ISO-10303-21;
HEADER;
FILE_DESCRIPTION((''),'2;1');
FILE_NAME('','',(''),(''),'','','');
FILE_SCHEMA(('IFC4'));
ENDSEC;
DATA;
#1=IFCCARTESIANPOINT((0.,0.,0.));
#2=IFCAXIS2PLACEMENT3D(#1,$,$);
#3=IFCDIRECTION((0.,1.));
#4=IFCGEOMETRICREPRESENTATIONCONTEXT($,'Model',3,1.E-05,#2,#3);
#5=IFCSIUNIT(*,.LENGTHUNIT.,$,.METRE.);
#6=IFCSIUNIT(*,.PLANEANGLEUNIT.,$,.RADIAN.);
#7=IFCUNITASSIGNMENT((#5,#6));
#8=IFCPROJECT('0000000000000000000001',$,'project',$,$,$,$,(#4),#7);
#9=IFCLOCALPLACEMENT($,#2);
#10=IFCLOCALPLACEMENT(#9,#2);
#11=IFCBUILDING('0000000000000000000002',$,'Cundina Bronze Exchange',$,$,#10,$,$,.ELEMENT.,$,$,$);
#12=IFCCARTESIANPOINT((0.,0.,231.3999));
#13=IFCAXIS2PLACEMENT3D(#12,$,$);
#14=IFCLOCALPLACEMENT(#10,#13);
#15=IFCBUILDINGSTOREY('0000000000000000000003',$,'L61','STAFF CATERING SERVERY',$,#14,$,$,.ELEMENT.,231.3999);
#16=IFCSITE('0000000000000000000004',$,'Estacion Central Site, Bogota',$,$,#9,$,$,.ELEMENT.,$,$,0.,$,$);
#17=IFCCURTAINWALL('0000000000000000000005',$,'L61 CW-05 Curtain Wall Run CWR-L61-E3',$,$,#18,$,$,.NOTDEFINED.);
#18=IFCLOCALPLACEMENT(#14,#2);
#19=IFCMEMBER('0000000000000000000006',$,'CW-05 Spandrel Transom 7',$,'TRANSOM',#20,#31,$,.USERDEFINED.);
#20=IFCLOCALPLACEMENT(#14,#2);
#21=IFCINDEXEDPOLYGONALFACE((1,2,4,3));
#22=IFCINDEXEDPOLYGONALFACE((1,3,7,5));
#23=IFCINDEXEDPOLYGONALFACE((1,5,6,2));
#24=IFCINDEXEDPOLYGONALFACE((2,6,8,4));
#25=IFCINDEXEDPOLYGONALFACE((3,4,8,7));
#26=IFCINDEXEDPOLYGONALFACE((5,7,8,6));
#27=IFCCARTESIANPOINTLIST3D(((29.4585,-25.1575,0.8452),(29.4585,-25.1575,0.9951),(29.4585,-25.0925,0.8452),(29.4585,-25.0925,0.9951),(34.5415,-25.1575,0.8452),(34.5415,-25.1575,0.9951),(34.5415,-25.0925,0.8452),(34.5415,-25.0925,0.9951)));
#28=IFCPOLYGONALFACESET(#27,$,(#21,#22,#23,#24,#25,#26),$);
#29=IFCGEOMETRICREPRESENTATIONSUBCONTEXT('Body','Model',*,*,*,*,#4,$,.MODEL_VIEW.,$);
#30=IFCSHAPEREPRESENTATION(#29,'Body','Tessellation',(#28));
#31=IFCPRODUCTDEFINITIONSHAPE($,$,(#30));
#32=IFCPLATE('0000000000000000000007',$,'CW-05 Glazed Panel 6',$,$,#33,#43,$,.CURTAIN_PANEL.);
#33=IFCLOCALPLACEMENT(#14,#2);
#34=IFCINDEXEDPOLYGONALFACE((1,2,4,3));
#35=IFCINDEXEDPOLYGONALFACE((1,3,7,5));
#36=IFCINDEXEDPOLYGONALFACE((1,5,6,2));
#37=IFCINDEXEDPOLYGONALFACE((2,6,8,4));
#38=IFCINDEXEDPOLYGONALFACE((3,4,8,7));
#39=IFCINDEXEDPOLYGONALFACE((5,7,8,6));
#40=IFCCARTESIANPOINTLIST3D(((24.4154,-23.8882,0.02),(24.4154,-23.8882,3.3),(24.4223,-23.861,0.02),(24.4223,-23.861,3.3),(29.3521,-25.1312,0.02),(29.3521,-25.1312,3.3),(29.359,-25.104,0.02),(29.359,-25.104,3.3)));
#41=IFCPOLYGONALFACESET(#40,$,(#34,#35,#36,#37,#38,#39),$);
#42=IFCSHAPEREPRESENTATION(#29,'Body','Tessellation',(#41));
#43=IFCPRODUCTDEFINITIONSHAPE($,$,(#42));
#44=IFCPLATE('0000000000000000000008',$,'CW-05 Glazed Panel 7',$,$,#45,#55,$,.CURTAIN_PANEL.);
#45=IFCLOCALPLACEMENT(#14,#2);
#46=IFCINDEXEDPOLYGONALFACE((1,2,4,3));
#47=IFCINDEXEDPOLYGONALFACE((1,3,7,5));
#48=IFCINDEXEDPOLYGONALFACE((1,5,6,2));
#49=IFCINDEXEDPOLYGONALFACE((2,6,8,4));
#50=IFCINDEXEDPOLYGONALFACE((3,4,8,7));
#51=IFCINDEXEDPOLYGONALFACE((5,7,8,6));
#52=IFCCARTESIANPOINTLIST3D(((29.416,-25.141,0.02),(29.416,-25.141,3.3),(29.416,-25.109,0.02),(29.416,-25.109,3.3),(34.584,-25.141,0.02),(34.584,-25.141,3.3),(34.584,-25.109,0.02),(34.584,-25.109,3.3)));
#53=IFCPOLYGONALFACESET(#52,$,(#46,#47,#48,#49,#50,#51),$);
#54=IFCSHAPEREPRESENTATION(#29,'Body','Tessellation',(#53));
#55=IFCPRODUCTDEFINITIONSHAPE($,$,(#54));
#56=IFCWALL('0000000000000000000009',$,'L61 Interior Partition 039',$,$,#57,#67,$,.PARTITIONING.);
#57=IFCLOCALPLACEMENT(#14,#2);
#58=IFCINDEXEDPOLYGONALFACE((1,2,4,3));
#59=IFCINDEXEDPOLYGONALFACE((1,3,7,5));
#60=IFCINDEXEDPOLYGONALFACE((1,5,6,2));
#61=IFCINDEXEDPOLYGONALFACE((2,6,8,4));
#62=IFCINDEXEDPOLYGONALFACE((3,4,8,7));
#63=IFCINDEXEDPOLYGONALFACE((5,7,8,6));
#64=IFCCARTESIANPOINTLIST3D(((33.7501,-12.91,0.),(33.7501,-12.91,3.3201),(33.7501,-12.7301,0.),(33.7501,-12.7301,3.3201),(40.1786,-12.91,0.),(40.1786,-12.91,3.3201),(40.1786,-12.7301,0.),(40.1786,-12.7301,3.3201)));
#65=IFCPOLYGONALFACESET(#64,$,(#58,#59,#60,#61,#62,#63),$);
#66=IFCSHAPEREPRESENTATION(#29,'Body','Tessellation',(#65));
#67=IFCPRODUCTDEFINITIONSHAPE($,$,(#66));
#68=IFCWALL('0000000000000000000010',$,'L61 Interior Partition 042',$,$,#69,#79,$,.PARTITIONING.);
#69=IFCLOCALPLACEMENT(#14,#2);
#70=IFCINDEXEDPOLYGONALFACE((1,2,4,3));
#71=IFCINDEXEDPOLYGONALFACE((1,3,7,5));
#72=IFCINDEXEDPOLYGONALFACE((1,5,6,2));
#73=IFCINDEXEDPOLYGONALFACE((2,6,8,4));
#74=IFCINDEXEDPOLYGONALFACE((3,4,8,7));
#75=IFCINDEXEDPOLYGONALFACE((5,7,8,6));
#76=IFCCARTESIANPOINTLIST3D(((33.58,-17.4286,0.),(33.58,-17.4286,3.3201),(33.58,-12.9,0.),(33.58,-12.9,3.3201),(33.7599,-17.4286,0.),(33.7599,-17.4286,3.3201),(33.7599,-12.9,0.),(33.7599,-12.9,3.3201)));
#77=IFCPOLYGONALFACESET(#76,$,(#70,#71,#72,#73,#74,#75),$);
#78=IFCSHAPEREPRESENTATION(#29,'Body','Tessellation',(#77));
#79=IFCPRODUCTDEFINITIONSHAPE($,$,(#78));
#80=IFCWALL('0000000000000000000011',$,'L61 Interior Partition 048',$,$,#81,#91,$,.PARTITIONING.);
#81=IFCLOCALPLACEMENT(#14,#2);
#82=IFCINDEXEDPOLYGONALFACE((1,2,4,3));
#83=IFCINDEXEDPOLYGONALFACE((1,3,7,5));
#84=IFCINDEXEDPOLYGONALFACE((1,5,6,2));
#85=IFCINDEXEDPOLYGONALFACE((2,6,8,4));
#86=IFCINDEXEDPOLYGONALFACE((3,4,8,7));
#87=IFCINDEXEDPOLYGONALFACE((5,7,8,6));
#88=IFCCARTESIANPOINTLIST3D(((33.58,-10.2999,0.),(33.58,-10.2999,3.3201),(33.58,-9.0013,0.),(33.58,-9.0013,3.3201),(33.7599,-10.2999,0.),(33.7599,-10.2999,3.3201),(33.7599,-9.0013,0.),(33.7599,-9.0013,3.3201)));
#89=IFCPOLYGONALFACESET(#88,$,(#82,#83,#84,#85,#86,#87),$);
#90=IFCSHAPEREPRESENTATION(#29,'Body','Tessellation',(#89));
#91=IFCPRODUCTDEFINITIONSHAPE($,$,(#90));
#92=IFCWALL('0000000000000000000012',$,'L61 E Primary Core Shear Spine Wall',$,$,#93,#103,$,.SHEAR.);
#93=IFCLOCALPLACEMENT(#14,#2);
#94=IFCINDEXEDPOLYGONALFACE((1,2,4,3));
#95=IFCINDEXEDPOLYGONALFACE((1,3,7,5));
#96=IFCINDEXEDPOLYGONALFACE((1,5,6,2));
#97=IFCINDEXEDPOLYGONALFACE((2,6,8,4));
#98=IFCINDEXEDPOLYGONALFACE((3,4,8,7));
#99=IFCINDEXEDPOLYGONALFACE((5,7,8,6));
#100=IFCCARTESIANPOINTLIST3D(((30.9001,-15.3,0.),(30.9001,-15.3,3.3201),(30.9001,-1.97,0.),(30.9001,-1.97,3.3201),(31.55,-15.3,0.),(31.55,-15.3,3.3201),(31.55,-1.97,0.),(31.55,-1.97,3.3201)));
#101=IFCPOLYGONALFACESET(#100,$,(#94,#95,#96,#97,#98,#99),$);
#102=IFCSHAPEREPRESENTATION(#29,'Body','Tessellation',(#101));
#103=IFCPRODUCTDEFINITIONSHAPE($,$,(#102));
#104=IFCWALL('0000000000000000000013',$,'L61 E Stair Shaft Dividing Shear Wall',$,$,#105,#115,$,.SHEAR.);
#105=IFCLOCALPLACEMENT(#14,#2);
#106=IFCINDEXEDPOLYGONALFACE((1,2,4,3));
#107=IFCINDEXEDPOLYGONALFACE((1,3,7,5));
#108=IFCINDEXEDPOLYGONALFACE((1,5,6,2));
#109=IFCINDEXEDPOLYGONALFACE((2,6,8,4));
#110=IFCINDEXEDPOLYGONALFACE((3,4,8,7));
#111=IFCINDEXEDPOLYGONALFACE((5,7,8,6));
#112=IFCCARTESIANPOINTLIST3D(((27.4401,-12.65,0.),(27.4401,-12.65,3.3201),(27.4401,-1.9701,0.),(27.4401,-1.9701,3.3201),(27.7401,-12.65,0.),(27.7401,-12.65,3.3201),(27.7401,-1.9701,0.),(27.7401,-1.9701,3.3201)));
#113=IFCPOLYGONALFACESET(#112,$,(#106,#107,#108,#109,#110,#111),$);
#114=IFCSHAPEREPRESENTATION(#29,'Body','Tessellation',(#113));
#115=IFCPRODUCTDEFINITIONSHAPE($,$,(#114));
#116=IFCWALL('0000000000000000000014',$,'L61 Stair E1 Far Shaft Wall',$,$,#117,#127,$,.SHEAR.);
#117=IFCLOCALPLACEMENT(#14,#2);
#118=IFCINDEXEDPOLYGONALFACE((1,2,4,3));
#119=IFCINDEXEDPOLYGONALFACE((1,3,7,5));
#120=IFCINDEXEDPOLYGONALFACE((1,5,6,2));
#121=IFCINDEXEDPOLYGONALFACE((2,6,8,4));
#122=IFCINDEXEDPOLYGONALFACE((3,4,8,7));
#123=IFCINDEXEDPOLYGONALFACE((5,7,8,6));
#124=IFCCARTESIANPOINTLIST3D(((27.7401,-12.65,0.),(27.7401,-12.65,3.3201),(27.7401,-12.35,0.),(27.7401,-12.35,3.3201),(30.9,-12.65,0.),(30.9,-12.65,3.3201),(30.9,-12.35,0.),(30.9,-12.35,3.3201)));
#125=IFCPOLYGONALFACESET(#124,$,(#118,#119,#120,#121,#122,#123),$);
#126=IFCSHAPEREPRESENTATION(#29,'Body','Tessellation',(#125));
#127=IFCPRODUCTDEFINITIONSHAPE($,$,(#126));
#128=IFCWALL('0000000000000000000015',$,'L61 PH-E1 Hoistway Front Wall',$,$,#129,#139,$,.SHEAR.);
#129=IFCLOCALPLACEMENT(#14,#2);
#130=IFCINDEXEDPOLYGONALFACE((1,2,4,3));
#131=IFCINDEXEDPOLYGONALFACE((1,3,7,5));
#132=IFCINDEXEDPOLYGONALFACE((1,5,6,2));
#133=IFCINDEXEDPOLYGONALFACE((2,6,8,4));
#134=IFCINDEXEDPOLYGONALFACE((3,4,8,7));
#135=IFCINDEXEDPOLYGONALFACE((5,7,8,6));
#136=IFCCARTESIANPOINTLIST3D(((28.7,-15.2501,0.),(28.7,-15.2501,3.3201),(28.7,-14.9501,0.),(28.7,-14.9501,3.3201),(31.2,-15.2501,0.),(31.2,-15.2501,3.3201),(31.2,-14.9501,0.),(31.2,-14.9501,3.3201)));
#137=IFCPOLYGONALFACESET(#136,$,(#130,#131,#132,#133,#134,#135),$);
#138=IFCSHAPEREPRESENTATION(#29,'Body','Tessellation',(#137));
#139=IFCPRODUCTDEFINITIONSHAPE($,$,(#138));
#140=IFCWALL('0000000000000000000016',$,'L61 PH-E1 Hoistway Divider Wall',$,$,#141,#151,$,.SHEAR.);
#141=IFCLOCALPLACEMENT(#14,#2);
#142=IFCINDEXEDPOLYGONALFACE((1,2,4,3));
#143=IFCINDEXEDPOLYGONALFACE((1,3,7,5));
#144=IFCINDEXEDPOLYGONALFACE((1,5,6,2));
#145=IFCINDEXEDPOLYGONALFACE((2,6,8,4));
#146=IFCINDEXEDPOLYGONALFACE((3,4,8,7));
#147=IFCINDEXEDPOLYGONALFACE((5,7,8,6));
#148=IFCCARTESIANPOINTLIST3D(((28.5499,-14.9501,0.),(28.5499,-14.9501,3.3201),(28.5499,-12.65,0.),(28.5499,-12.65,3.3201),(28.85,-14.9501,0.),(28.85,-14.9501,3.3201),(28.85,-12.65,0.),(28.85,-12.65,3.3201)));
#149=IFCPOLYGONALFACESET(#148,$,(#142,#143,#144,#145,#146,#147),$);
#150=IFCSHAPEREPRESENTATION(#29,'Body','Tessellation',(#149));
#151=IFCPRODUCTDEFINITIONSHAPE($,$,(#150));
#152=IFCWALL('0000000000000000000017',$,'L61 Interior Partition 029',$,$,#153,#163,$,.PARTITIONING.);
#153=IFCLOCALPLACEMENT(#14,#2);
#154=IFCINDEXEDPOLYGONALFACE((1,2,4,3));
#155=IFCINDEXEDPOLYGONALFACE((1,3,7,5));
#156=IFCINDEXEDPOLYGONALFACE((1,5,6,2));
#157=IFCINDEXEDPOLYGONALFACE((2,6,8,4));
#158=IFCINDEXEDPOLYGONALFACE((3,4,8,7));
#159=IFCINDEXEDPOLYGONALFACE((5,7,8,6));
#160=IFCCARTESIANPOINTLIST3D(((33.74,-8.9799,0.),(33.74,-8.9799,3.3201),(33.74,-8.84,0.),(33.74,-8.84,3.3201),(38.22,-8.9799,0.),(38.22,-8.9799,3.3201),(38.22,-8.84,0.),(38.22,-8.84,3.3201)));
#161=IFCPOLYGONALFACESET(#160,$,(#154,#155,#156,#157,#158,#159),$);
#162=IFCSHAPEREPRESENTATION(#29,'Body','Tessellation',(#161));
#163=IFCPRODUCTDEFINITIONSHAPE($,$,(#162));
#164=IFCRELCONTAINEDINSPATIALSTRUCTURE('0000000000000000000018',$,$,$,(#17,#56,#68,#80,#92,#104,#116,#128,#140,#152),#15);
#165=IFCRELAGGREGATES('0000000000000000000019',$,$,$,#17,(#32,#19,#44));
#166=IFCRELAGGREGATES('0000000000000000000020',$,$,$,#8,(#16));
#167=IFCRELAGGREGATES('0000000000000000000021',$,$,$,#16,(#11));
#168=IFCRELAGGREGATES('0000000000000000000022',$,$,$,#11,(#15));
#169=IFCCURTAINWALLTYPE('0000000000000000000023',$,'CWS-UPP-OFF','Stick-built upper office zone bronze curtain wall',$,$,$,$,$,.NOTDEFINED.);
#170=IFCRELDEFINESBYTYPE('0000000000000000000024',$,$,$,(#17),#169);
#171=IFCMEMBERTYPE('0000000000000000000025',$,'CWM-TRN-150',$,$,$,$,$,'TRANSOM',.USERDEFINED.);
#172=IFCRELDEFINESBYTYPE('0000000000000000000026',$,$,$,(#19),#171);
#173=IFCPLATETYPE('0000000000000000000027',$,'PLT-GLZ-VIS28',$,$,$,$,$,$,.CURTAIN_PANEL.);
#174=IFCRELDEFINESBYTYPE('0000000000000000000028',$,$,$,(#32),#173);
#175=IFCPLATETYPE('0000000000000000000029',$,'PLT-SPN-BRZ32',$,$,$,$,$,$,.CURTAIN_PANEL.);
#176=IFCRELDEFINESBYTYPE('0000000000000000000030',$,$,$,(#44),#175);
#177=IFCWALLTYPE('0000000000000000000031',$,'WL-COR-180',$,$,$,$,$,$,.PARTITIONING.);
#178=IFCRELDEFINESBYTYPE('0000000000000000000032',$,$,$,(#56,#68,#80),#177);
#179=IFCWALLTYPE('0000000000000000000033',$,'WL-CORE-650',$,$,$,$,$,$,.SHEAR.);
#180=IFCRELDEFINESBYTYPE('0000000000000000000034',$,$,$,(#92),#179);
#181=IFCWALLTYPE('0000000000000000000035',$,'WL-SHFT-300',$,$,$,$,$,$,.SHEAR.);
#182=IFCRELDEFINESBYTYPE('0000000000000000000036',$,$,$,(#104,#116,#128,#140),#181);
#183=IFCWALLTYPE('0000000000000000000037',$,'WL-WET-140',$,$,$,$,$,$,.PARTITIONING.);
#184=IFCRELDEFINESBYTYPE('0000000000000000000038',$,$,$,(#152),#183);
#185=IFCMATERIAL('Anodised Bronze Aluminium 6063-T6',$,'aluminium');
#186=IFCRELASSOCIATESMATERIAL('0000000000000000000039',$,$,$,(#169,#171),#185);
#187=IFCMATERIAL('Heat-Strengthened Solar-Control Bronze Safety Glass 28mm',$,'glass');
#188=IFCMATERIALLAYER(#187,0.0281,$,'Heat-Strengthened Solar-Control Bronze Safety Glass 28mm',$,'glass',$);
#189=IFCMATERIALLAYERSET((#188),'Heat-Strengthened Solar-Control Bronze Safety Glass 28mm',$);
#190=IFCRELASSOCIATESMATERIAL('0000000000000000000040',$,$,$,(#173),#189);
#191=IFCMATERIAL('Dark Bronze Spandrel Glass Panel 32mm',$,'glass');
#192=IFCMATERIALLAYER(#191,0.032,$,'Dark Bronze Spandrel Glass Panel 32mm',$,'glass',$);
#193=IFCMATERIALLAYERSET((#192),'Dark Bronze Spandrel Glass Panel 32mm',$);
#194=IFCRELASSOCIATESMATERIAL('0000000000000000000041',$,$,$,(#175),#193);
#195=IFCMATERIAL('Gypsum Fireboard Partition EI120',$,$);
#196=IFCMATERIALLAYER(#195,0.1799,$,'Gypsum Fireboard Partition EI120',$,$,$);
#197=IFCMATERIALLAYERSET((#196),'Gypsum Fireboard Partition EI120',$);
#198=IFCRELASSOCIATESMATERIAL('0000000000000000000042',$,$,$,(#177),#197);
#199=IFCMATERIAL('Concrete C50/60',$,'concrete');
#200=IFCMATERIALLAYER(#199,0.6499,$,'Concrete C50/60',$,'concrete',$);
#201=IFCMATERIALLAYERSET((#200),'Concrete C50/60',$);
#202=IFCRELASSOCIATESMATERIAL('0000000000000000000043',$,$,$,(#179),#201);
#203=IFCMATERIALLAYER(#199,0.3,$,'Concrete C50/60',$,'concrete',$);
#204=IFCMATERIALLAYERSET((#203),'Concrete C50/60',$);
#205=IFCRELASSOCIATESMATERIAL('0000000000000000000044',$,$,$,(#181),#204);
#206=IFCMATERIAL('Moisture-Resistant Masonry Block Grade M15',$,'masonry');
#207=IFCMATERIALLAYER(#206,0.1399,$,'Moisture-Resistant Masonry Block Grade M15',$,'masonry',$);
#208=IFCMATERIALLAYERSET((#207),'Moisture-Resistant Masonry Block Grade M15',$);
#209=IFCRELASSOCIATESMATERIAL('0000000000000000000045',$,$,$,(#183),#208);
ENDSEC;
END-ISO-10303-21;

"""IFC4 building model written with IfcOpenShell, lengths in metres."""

from ifc_helpers import new_model, si_unit, direction, frame, frame_2d, origin, origin_2d, place, context, subcontext, project, spatial, rectangle, extrude, material, layer, layer_set, material_profile, profile_set, type_object, element, aggregate, save


model = new_model("IFC4")

# Units and contexts
model_context = context("Model", 3, precision=1e-05, world=origin(), true_north=direction((0.0, 1.0)))
body_context = subcontext(model_context, "Body", "Model", "MODEL_VIEW")
ifc_project = project(units=[si_unit("LENGTHUNIT", "METRE"), si_unit("PLANEANGLEUNIT", "RADIAN")], contexts=[model_context])

# Site, building, storey
site_placement = place(None, origin())
site = spatial("IfcSite", under=ifc_project, at=site_placement, Name="Estacion Central Site, Bogota", CompositionType="ELEMENT", RefElevation=0.0)
building_placement = place(site_placement, origin())
building = spatial("IfcBuilding", under=site, at=building_placement, Name="Cundina Bronze Exchange", CompositionType="ELEMENT")
storey_placement = place(building_placement, frame((0.0, 0.0, 231.3999)))
storey = spatial("IfcBuildingStorey", under=building, at=storey_placement, Name="L61", Description="STAFF CATERING SERVERY", CompositionType="ELEMENT", Elevation=231.3999)

# Shared definitions
ifc_material_1 = material(Name="Concrete C50/60", Category="concrete")

# Curtain wall
ifc_material_2 = material(Name="Anodised Bronze Aluminium 6063-T6", Category="aluminium")
curtain_wall_type = type_object("IfcCurtainWallType", Name="CWS-UPP-OFF", Description="Stick-built upper office zone bronze curtain wall", PredefinedType="NOTDEFINED", material=ifc_material_2)
curtain_wall_1_placement = place(storey_placement, origin())
curtain_wall_1 = element("IfcCurtainWall", 1, at=curtain_wall_1_placement, inside=storey, type_object=curtain_wall_type, Name="L61 CW-05 Curtain Wall Run CWR-L61-E3", PredefinedType="NOTDEFINED")

# Member
ifc_material_profile_1 = material_profile(ifc_material_2, rectangle(XDim=0.0649, YDim=0.1499, at=origin_2d()), Name="AL65X150", Category="aluminium")
ifc_profile_set_1 = profile_set([ifc_material_profile_1], Name="Anodised Bronze Aluminium 6063-T6")
member_type_1 = type_object("IfcMemberType", Name="CWM-TRN-150", ElementType="TRANSOM", PredefinedType="USERDEFINED", material=ifc_profile_set_1)
member_1_placement = place(storey_placement, frame((29.4585, -25.125, 0.9202), z_axis=(1.0, 0.0, 0.0), x_axis=(0.0, 1.0, 0.0)))
member_1 = element("IfcMember", 2, at=member_1_placement, type_object=member_type_1, Name="CW-05 Spandrel Transom 7", ObjectType="TRANSOM", PredefinedType="USERDEFINED", context=body_context, shape_type="SweptSolid", body=[
    extrude(rectangle(XDim=0.0649, YDim=0.1499, at=origin_2d()), origin(), (0.0, 0.0, 1.0), 5.083),
])

# Plates
ifc_material_3 = material(Name="Heat-Strengthened Solar-Control Bronze Safety Glass 28mm", Category="glass")
ifc_layer_1 = layer(ifc_material_3, 0.0281, Name="Heat-Strengthened Solar-Control Bronze Safety Glass 28mm", Category="glass")
ifc_layer_set_1 = layer_set([ifc_layer_1], Name="Heat-Strengthened Solar-Control Bronze Safety Glass 28mm")
plate_type_1 = type_object("IfcPlateType", Name="PLT-GLZ-VIS28", PredefinedType="CURTAIN_PANEL", material=ifc_layer_set_1)
plate_1_placement = place(storey_placement, frame((26.8872, -24.4961, 0.02), z_axis=(0.0, 0.0, 1.0), x_axis=(0.969732, -0.244174, 0.0)))
plate_1 = element("IfcPlate", 3, at=plate_1_placement, type_object=plate_type_1, Name="CW-05 Glazed Panel 6", PredefinedType="CURTAIN_PANEL", context=body_context, shape_type="SweptSolid", body=[
    extrude(rectangle(XDim=5.0908, YDim=0.0281, at=origin_2d()), origin(), (0.0, 0.0, 1.0), 3.28),
])
ifc_material_4 = material(Name="Dark Bronze Spandrel Glass Panel 32mm", Category="glass")
ifc_layer_2 = layer(ifc_material_4, 0.032, Name="Dark Bronze Spandrel Glass Panel 32mm", Category="glass")
ifc_layer_set_2 = layer_set([ifc_layer_2], Name="Dark Bronze Spandrel Glass Panel 32mm")
plate_type_2 = type_object("IfcPlateType", Name="PLT-SPN-BRZ32", PredefinedType="CURTAIN_PANEL", material=ifc_layer_set_2)
plate_2_placement = place(storey_placement, frame((32.0, -25.125, 0.02), z_axis=(0.0, 0.0, 1.0), x_axis=(1.0, 0.0, 0.0)))
plate_2 = element("IfcPlate", 4, at=plate_2_placement, type_object=plate_type_2, Name="CW-05 Glazed Panel 7", PredefinedType="CURTAIN_PANEL", context=body_context, shape_type="SweptSolid", body=[
    extrude(rectangle(XDim=5.168, YDim=0.032, at=origin_2d()), origin(), (0.0, 0.0, 1.0), 3.28),
])
aggregate(curtain_wall_1, [plate_1, member_1, plate_2])

# Shared definitions
ifc_material_5 = material(Name="Gypsum Fireboard Partition EI120")
ifc_layer_3 = layer(ifc_material_5, 0.1799, Name="Gypsum Fireboard Partition EI120")
ifc_layer_set_3 = layer_set([ifc_layer_3], Name="Gypsum Fireboard Partition EI120")
wall_type_1 = type_object("IfcWallType", Name="WL-COR-180", PredefinedType="PARTITIONING", material=ifc_layer_set_3)

# Walls
wall_1_placement = place(storey_placement, frame((33.75, -12.8201, 0.0), z_axis=(0.0, 0.0, 1.0), x_axis=(1.0, 0.0, 0.0)))
element("IfcWall", 5, at=wall_1_placement, inside=storey, type_object=wall_type_1, Name="L61 Interior Partition 039", PredefinedType="PARTITIONING", context=body_context, shape_type="SweptSolid", body=[
    extrude(rectangle(XDim=6.4285, YDim=0.1799, at=frame_2d((3.2144, 0.0))), origin(), (0.0, 0.0, 1.0), 3.3201),
])
wall_2_placement = place(storey_placement, frame((33.6699, -17.4285, 0.0), z_axis=(0.0, 0.0, 1.0), x_axis=(0.0, 1.0, 0.0)))
element("IfcWall", 6, at=wall_2_placement, inside=storey, type_object=wall_type_1, Name="L61 Interior Partition 042", PredefinedType="PARTITIONING", context=body_context, shape_type="SweptSolid", body=[
    extrude(rectangle(XDim=4.5286, YDim=0.1799, at=frame_2d((2.2642, 0.0))), origin(), (0.0, 0.0, 1.0), 3.3201),
])
wall_3_placement = place(storey_placement, frame((33.6699, -10.3, 0.0), z_axis=(0.0, 0.0, 1.0), x_axis=(0.0, 1.0, 0.0)))
element("IfcWall", 7, at=wall_3_placement, inside=storey, type_object=wall_type_1, Name="L61 Interior Partition 048", PredefinedType="PARTITIONING", context=body_context, shape_type="SweptSolid", body=[
    extrude(rectangle(XDim=1.2986, YDim=0.1799, at=frame_2d((0.6494, 0.0))), origin(), (0.0, 0.0, 1.0), 3.3201),
])
ifc_layer_4 = layer(ifc_material_1, 0.6499, Name="Concrete C50/60", Category="concrete")
ifc_layer_set_4 = layer_set([ifc_layer_4], Name="Concrete C50/60")
wall_type_2 = type_object("IfcWallType", Name="WL-CORE-650", PredefinedType="SHEAR", material=ifc_layer_set_4)
wall_4_placement = place(storey_placement, frame((31.2251, -15.3, 0.0), z_axis=(0.0, 0.0, 1.0), x_axis=(0.0, 1.0, 0.0)))
element("IfcWall", 8, at=wall_4_placement, inside=storey, type_object=wall_type_2, Name="L61 E Primary Core Shear Spine Wall", PredefinedType="SHEAR", context=body_context, shape_type="SweptSolid", body=[
    extrude(rectangle(XDim=13.3301, YDim=0.6499, at=frame_2d((6.665, 0.0))), origin(), (0.0, 0.0, 1.0), 3.3201),
])
ifc_layer_5 = layer(ifc_material_1, 0.3, Name="Concrete C50/60", Category="concrete")
ifc_layer_set_5 = layer_set([ifc_layer_5], Name="Concrete C50/60")
wall_type_3 = type_object("IfcWallType", Name="WL-SHFT-300", PredefinedType="SHEAR", material=ifc_layer_set_5)
wall_5_placement = place(storey_placement, frame((27.5901, -12.6499, 0.0), z_axis=(0.0, 0.0, 1.0), x_axis=(0.0, 1.0, 0.0)))
element("IfcWall", 9, at=wall_5_placement, inside=storey, type_object=wall_type_3, Name="L61 E Stair Shaft Dividing Shear Wall", PredefinedType="SHEAR", context=body_context, shape_type="SweptSolid", body=[
    extrude(rectangle(XDim=10.6799, YDim=0.3, at=frame_2d((5.3398, 0.0))), origin(), (0.0, 0.0, 1.0), 3.3201),
])
wall_6_placement = place(storey_placement, frame((27.74, -12.5, 0.0), z_axis=(0.0, 0.0, 1.0), x_axis=(1.0, 0.0, 0.0)))
element("IfcWall", 10, at=wall_6_placement, inside=storey, type_object=wall_type_3, Name="L61 Stair E1 Far Shaft Wall", PredefinedType="SHEAR", context=body_context, shape_type="SweptSolid", body=[
    extrude(rectangle(XDim=3.1599, YDim=0.3, at=frame_2d((1.5801, 0.0))), origin(), (0.0, 0.0, 1.0), 3.3201),
])
wall_7_placement = place(storey_placement, frame((28.7, -15.1001, 0.0), z_axis=(0.0, 0.0, 1.0), x_axis=(1.0, 0.0, 0.0)))
element("IfcWall", 11, at=wall_7_placement, inside=storey, type_object=wall_type_3, Name="L61 PH-E1 Hoistway Front Wall", PredefinedType="SHEAR", context=body_context, shape_type="SweptSolid", body=[
    extrude(rectangle(XDim=2.5, YDim=0.3, at=frame_2d((1.25, 0.0))), origin(), (0.0, 0.0, 1.0), 3.3201),
])
wall_8_placement = place(storey_placement, frame((28.7, -14.95, 0.0), z_axis=(0.0, 0.0, 1.0), x_axis=(0.0, 1.0, 0.0)))
element("IfcWall", 12, at=wall_8_placement, inside=storey, type_object=wall_type_3, Name="L61 PH-E1 Hoistway Divider Wall", PredefinedType="SHEAR", context=body_context, shape_type="SweptSolid", body=[
    extrude(rectangle(XDim=2.3, YDim=0.3, at=frame_2d((1.1499, 0.0))), origin(), (0.0, 0.0, 1.0), 3.3201),
])
ifc_material_6 = material(Name="Moisture-Resistant Masonry Block Grade M15", Category="masonry")
ifc_layer_6 = layer(ifc_material_6, 0.1399, Name="Moisture-Resistant Masonry Block Grade M15", Category="masonry")
ifc_layer_set_6 = layer_set([ifc_layer_6], Name="Moisture-Resistant Masonry Block Grade M15")
wall_type_4 = type_object("IfcWallType", Name="WL-WET-140", PredefinedType="PARTITIONING", material=ifc_layer_set_6)
wall_9_placement = place(storey_placement, frame((33.74, -8.9099, 0.0), z_axis=(0.0, 0.0, 1.0), x_axis=(1.0, 0.0, 0.0)))
element("IfcWall", 13, at=wall_9_placement, inside=storey, type_object=wall_type_4, Name="L61 Interior Partition 029", PredefinedType="PARTITIONING", context=body_context, shape_type="SweptSolid", body=[
    extrude(rectangle(XDim=4.48, YDim=0.1399, at=frame_2d((2.24, 0.0))), origin(), (0.0, 0.0, 1.0), 3.3201),
])

save(model, "model.ifc")
